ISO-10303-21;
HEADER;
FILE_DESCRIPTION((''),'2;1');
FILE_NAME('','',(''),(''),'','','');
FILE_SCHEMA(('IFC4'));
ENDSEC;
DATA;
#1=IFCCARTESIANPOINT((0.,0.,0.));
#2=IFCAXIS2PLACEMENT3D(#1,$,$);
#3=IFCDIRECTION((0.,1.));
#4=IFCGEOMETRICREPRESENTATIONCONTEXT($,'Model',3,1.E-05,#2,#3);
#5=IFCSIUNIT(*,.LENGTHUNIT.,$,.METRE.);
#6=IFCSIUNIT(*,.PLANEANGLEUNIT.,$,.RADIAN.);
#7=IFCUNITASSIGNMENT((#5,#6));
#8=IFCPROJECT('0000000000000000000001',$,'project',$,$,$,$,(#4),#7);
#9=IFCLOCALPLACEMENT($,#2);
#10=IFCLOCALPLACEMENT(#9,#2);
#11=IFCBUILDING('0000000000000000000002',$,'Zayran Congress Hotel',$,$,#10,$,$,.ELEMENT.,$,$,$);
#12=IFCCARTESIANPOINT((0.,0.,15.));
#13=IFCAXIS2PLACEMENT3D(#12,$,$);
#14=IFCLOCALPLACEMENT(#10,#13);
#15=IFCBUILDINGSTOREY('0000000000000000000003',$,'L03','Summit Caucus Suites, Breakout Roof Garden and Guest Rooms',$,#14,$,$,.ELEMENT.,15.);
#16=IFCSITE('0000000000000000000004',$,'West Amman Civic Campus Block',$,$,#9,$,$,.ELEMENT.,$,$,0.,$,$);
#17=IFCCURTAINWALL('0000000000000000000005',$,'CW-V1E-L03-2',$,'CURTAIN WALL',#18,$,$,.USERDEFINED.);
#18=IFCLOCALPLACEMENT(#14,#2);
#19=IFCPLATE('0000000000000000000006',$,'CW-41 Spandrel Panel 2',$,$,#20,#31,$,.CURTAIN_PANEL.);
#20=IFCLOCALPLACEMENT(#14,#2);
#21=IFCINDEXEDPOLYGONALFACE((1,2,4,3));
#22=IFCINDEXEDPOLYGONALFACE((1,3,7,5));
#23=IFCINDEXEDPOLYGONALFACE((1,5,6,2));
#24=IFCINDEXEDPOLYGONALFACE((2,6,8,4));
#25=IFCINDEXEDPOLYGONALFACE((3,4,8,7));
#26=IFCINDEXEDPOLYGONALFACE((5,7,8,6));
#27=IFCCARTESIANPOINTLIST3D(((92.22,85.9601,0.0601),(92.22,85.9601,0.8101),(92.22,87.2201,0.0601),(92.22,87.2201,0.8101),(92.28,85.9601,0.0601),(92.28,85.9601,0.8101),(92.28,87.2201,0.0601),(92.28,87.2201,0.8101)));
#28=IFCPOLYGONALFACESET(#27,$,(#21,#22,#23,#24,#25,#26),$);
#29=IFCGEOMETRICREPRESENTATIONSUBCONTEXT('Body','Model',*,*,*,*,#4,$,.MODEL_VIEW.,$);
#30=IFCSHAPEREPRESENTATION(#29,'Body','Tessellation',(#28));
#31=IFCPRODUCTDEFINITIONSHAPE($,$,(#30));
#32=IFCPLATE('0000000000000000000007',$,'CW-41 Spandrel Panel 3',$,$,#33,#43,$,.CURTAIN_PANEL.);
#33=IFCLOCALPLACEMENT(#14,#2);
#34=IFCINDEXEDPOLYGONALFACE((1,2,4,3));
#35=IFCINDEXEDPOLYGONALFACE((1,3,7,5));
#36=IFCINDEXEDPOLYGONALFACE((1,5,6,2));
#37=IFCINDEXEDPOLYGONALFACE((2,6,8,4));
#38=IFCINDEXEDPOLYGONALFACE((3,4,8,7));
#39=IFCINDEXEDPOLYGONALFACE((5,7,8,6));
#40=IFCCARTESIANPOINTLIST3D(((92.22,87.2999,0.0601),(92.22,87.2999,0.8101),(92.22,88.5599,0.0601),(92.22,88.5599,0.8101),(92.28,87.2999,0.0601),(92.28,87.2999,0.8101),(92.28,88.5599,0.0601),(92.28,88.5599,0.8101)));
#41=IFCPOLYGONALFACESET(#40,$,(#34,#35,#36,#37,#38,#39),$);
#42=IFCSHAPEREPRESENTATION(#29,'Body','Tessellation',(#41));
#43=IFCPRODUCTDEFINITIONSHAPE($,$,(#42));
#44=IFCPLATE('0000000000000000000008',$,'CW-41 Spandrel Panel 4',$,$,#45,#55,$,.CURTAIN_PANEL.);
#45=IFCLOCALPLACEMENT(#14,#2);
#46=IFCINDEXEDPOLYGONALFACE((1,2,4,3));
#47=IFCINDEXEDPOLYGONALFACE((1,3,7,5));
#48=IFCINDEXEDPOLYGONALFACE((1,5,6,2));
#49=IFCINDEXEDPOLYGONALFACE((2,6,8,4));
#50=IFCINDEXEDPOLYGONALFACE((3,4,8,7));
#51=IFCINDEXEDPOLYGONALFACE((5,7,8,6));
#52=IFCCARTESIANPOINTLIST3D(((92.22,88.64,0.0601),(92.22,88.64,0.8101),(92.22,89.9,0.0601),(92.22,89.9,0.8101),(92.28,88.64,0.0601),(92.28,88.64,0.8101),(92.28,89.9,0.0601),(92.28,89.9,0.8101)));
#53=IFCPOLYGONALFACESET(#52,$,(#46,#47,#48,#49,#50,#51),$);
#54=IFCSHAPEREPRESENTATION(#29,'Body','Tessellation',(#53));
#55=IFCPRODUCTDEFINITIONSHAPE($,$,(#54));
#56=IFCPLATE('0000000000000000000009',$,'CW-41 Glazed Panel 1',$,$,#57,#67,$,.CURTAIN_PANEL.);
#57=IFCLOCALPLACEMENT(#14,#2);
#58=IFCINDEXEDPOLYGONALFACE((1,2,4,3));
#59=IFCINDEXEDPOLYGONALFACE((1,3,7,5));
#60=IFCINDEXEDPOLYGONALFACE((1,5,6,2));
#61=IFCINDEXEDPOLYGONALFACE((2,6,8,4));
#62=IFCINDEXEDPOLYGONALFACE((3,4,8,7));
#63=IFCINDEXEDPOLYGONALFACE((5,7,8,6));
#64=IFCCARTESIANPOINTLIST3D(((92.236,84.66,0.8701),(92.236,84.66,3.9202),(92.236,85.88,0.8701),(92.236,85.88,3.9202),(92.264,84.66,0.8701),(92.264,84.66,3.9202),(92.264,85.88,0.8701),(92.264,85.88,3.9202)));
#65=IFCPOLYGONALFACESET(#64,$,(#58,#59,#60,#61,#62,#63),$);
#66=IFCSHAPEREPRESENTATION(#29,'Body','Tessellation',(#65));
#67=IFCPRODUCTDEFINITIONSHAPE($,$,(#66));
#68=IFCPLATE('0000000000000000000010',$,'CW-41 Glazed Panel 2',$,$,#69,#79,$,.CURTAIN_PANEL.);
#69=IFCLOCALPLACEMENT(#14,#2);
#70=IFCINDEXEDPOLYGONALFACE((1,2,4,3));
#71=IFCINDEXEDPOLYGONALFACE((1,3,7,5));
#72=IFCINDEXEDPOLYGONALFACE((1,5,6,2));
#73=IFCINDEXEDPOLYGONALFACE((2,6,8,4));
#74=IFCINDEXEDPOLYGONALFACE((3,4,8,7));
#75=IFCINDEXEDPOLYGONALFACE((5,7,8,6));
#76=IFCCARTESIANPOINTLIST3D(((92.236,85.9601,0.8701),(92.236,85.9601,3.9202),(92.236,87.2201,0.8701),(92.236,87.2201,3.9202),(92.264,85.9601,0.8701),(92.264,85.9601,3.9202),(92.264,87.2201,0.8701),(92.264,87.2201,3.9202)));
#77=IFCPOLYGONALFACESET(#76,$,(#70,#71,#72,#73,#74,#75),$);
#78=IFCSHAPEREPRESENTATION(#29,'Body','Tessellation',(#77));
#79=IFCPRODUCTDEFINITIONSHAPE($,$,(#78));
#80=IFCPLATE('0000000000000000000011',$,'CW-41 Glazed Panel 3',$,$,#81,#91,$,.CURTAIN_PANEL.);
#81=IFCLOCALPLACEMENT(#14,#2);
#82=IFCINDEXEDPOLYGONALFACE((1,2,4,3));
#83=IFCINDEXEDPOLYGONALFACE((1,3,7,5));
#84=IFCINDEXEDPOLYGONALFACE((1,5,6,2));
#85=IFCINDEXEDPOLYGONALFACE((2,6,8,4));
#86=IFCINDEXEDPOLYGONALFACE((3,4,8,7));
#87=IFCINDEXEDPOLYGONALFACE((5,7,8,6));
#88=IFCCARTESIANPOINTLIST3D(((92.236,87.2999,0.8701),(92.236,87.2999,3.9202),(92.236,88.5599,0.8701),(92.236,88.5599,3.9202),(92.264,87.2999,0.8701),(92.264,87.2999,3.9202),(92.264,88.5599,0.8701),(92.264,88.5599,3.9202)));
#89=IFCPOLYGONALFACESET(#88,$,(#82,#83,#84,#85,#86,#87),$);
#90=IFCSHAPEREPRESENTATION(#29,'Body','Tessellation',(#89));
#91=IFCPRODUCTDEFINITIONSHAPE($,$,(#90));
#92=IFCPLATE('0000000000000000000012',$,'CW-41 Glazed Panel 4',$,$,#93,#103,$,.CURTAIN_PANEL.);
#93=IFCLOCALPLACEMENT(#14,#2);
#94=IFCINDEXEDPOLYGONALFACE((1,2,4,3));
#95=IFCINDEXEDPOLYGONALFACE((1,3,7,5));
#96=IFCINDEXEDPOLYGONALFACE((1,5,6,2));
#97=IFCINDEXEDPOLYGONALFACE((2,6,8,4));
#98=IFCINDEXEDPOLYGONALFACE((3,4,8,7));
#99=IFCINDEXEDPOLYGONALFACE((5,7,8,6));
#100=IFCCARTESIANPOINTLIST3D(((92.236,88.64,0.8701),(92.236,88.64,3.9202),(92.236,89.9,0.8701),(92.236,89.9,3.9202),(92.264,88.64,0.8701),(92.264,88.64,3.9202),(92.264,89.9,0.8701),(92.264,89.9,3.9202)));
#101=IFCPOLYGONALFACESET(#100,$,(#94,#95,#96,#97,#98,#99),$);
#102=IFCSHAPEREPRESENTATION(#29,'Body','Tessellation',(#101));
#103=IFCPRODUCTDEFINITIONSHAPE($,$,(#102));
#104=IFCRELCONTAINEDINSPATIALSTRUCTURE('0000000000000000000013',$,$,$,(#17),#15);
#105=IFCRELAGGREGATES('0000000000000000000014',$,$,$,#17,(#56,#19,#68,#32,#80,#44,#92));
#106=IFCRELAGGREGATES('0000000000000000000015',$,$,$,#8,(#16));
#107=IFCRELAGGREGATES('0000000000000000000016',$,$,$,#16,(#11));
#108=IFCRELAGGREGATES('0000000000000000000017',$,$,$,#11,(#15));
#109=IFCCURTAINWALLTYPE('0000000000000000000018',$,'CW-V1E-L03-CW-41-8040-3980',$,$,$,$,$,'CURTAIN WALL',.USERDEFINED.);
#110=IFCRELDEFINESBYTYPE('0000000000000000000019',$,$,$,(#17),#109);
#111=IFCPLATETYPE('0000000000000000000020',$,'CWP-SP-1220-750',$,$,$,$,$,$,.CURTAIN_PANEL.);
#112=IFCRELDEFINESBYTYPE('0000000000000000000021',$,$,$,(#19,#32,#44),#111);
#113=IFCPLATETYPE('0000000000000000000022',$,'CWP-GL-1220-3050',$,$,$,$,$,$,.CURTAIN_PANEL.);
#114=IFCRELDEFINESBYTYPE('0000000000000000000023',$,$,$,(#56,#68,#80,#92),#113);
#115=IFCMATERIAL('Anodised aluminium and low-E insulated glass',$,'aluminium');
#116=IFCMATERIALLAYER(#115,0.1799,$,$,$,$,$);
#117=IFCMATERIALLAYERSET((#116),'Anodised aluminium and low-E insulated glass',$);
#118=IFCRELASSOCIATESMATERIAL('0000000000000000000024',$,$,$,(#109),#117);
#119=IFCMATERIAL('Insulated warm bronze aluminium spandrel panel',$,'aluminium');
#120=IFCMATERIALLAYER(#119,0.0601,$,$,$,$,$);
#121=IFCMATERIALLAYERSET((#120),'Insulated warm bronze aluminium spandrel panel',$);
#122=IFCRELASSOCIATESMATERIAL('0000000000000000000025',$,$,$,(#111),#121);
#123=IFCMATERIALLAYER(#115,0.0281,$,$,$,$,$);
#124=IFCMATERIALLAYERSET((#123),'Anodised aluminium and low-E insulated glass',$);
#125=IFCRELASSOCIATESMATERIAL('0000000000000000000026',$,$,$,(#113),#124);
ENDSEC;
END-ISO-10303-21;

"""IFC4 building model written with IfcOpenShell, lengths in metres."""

from ifc_helpers import new_model, si_unit, direction, frame, origin, origin_2d, place, context, subcontext, project, spatial, rectangle, extrude, material, layer, layer_set, type_object, element, aggregate, save


model = new_model("IFC4")

# Units and contexts
model_context = context("Model", 3, precision=1e-05, world=origin(), true_north=direction((0.0, 1.0)))
body_context = subcontext(model_context, "Body", "Model", "MODEL_VIEW")
ifc_project = project(units=[si_unit("LENGTHUNIT", "METRE"), si_unit("PLANEANGLEUNIT", "RADIAN")], contexts=[model_context])

# Site, building, storey
site_placement = place(None, origin())
site = spatial("IfcSite", under=ifc_project, at=site_placement, Name="West Amman Civic Campus Block", CompositionType="ELEMENT", RefElevation=0.0)
building_placement = place(site_placement, origin())
building = spatial("IfcBuilding", under=site, at=building_placement, Name="Zayran Congress Hotel", CompositionType="ELEMENT")
storey_placement = place(building_placement, frame((0.0, 0.0, 15.0)))
storey = spatial("IfcBuildingStorey", under=building, at=storey_placement, Name="L03", Description="Summit Caucus Suites, Breakout Roof Garden and Guest Rooms", CompositionType="ELEMENT", Elevation=15.0)

# Curtain wall, plates
ifc_material_1 = material(Name="Anodised aluminium and low-E insulated glass", Category="aluminium")
ifc_layer_1 = layer(ifc_material_1, 0.1799)
ifc_layer_set_1 = layer_set([ifc_layer_1], Name="Anodised aluminium and low-E insulated glass")
curtain_wall_type = type_object("IfcCurtainWallType", Name="CW-V1E-L03-CW-41-8040-3980", ElementType="CURTAIN WALL", PredefinedType="USERDEFINED", material=ifc_layer_set_1)
curtain_wall_placement = place(storey_placement, origin())
curtain_wall = element("IfcCurtainWall", 1, at=curtain_wall_placement, inside=storey, type_object=curtain_wall_type, Name="CW-V1E-L03-2", ObjectType="CURTAIN WALL", PredefinedType="USERDEFINED")
ifc_material_2 = material(Name="Insulated warm bronze aluminium spandrel panel", Category="aluminium")
ifc_layer_2 = layer(ifc_material_2, 0.0601)
ifc_layer_set_2 = layer_set([ifc_layer_2], Name="Insulated warm bronze aluminium spandrel panel")
plate_type_1 = type_object("IfcPlateType", Name="CWP-SP-1220-750", PredefinedType="CURTAIN_PANEL", material=ifc_layer_set_2)
plate_1_placement = place(storey_placement, frame((92.25, 86.5901, 0.0601), z_axis=(0.0, 0.0, 1.0), x_axis=(0.0, 1.0, 0.0)))
plate_1 = element("IfcPlate", 2, at=plate_1_placement, type_object=plate_type_1, Name="CW-41 Spandrel Panel 2", PredefinedType="CURTAIN_PANEL", context=body_context, shape_type="SweptSolid", body=[
    extrude(rectangle(XDim=1.26, YDim=0.0601, at=origin_2d()), origin(), (0.0, 0.0, 1.0), 0.75),
])
plate_2_placement = place(storey_placement, frame((92.25, 87.9299, 0.0601), z_axis=(0.0, 0.0, 1.0), x_axis=(0.0, 1.0, 0.0)))
plate_2 = element("IfcPlate", 3, at=plate_2_placement, type_object=plate_type_1, Name="CW-41 Spandrel Panel 3", PredefinedType="CURTAIN_PANEL", context=body_context, shape_type="SweptSolid", body=[
    extrude(rectangle(XDim=1.26, YDim=0.0601, at=origin_2d()), origin(), (0.0, 0.0, 1.0), 0.75),
])
plate_3_placement = place(storey_placement, frame((92.25, 89.27, 0.0601), z_axis=(0.0, 0.0, 1.0), x_axis=(0.0, 1.0, 0.0)))
plate_3 = element("IfcPlate", 4, at=plate_3_placement, type_object=plate_type_1, Name="CW-41 Spandrel Panel 4", PredefinedType="CURTAIN_PANEL", context=body_context, shape_type="SweptSolid", body=[
    extrude(rectangle(XDim=1.26, YDim=0.0601, at=origin_2d()), origin(), (0.0, 0.0, 1.0), 0.75),
])
ifc_layer_3 = layer(ifc_material_1, 0.0281)
ifc_layer_set_3 = layer_set([ifc_layer_3], Name="Anodised aluminium and low-E insulated glass")
plate_type_2 = type_object("IfcPlateType", Name="CWP-GL-1220-3050", PredefinedType="CURTAIN_PANEL", material=ifc_layer_set_3)
plate_4_placement = place(storey_placement, frame((92.25, 85.27, 0.8701), z_axis=(0.0, 0.0, 1.0), x_axis=(0.0, 1.0, 0.0)))
plate_4 = element("IfcPlate", 5, at=plate_4_placement, type_object=plate_type_2, Name="CW-41 Glazed Panel 1", PredefinedType="CURTAIN_PANEL", context=body_context, shape_type="SweptSolid", body=[
    extrude(rectangle(XDim=1.22, YDim=0.0281, at=origin_2d()), origin(), (0.0, 0.0, 1.0), 3.05),
])
plate_5_placement = place(storey_placement, frame((92.25, 86.5901, 0.8701), z_axis=(0.0, 0.0, 1.0), x_axis=(0.0, 1.0, 0.0)))
plate_5 = element("IfcPlate", 6, at=plate_5_placement, type_object=plate_type_2, Name="CW-41 Glazed Panel 2", PredefinedType="CURTAIN_PANEL", context=body_context, shape_type="SweptSolid", body=[
    extrude(rectangle(XDim=1.26, YDim=0.0281, at=origin_2d()), origin(), (0.0, 0.0, 1.0), 3.05),
])
plate_6_placement = place(storey_placement, frame((92.25, 87.9299, 0.8701), z_axis=(0.0, 0.0, 1.0), x_axis=(0.0, 1.0, 0.0)))
plate_6 = element("IfcPlate", 7, at=plate_6_placement, type_object=plate_type_2, Name="CW-41 Glazed Panel 3", PredefinedType="CURTAIN_PANEL", context=body_context, shape_type="SweptSolid", body=[
    extrude(rectangle(XDim=1.26, YDim=0.0281, at=origin_2d()), origin(), (0.0, 0.0, 1.0), 3.05),
])
plate_7_placement = place(storey_placement, frame((92.25, 89.27, 0.8701), z_axis=(0.0, 0.0, 1.0), x_axis=(0.0, 1.0, 0.0)))
plate_7 = element("IfcPlate", 8, at=plate_7_placement, type_object=plate_type_2, Name="CW-41 Glazed Panel 4", PredefinedType="CURTAIN_PANEL", context=body_context, shape_type="SweptSolid", body=[
    extrude(rectangle(XDim=1.26, YDim=0.0281, at=origin_2d()), origin(), (0.0, 0.0, 1.0), 3.05),
])
aggregate(curtain_wall, [plate_4, plate_1, plate_5, plate_2, plate_6, plate_3, plate_7])

save(model, "model.ifc")
